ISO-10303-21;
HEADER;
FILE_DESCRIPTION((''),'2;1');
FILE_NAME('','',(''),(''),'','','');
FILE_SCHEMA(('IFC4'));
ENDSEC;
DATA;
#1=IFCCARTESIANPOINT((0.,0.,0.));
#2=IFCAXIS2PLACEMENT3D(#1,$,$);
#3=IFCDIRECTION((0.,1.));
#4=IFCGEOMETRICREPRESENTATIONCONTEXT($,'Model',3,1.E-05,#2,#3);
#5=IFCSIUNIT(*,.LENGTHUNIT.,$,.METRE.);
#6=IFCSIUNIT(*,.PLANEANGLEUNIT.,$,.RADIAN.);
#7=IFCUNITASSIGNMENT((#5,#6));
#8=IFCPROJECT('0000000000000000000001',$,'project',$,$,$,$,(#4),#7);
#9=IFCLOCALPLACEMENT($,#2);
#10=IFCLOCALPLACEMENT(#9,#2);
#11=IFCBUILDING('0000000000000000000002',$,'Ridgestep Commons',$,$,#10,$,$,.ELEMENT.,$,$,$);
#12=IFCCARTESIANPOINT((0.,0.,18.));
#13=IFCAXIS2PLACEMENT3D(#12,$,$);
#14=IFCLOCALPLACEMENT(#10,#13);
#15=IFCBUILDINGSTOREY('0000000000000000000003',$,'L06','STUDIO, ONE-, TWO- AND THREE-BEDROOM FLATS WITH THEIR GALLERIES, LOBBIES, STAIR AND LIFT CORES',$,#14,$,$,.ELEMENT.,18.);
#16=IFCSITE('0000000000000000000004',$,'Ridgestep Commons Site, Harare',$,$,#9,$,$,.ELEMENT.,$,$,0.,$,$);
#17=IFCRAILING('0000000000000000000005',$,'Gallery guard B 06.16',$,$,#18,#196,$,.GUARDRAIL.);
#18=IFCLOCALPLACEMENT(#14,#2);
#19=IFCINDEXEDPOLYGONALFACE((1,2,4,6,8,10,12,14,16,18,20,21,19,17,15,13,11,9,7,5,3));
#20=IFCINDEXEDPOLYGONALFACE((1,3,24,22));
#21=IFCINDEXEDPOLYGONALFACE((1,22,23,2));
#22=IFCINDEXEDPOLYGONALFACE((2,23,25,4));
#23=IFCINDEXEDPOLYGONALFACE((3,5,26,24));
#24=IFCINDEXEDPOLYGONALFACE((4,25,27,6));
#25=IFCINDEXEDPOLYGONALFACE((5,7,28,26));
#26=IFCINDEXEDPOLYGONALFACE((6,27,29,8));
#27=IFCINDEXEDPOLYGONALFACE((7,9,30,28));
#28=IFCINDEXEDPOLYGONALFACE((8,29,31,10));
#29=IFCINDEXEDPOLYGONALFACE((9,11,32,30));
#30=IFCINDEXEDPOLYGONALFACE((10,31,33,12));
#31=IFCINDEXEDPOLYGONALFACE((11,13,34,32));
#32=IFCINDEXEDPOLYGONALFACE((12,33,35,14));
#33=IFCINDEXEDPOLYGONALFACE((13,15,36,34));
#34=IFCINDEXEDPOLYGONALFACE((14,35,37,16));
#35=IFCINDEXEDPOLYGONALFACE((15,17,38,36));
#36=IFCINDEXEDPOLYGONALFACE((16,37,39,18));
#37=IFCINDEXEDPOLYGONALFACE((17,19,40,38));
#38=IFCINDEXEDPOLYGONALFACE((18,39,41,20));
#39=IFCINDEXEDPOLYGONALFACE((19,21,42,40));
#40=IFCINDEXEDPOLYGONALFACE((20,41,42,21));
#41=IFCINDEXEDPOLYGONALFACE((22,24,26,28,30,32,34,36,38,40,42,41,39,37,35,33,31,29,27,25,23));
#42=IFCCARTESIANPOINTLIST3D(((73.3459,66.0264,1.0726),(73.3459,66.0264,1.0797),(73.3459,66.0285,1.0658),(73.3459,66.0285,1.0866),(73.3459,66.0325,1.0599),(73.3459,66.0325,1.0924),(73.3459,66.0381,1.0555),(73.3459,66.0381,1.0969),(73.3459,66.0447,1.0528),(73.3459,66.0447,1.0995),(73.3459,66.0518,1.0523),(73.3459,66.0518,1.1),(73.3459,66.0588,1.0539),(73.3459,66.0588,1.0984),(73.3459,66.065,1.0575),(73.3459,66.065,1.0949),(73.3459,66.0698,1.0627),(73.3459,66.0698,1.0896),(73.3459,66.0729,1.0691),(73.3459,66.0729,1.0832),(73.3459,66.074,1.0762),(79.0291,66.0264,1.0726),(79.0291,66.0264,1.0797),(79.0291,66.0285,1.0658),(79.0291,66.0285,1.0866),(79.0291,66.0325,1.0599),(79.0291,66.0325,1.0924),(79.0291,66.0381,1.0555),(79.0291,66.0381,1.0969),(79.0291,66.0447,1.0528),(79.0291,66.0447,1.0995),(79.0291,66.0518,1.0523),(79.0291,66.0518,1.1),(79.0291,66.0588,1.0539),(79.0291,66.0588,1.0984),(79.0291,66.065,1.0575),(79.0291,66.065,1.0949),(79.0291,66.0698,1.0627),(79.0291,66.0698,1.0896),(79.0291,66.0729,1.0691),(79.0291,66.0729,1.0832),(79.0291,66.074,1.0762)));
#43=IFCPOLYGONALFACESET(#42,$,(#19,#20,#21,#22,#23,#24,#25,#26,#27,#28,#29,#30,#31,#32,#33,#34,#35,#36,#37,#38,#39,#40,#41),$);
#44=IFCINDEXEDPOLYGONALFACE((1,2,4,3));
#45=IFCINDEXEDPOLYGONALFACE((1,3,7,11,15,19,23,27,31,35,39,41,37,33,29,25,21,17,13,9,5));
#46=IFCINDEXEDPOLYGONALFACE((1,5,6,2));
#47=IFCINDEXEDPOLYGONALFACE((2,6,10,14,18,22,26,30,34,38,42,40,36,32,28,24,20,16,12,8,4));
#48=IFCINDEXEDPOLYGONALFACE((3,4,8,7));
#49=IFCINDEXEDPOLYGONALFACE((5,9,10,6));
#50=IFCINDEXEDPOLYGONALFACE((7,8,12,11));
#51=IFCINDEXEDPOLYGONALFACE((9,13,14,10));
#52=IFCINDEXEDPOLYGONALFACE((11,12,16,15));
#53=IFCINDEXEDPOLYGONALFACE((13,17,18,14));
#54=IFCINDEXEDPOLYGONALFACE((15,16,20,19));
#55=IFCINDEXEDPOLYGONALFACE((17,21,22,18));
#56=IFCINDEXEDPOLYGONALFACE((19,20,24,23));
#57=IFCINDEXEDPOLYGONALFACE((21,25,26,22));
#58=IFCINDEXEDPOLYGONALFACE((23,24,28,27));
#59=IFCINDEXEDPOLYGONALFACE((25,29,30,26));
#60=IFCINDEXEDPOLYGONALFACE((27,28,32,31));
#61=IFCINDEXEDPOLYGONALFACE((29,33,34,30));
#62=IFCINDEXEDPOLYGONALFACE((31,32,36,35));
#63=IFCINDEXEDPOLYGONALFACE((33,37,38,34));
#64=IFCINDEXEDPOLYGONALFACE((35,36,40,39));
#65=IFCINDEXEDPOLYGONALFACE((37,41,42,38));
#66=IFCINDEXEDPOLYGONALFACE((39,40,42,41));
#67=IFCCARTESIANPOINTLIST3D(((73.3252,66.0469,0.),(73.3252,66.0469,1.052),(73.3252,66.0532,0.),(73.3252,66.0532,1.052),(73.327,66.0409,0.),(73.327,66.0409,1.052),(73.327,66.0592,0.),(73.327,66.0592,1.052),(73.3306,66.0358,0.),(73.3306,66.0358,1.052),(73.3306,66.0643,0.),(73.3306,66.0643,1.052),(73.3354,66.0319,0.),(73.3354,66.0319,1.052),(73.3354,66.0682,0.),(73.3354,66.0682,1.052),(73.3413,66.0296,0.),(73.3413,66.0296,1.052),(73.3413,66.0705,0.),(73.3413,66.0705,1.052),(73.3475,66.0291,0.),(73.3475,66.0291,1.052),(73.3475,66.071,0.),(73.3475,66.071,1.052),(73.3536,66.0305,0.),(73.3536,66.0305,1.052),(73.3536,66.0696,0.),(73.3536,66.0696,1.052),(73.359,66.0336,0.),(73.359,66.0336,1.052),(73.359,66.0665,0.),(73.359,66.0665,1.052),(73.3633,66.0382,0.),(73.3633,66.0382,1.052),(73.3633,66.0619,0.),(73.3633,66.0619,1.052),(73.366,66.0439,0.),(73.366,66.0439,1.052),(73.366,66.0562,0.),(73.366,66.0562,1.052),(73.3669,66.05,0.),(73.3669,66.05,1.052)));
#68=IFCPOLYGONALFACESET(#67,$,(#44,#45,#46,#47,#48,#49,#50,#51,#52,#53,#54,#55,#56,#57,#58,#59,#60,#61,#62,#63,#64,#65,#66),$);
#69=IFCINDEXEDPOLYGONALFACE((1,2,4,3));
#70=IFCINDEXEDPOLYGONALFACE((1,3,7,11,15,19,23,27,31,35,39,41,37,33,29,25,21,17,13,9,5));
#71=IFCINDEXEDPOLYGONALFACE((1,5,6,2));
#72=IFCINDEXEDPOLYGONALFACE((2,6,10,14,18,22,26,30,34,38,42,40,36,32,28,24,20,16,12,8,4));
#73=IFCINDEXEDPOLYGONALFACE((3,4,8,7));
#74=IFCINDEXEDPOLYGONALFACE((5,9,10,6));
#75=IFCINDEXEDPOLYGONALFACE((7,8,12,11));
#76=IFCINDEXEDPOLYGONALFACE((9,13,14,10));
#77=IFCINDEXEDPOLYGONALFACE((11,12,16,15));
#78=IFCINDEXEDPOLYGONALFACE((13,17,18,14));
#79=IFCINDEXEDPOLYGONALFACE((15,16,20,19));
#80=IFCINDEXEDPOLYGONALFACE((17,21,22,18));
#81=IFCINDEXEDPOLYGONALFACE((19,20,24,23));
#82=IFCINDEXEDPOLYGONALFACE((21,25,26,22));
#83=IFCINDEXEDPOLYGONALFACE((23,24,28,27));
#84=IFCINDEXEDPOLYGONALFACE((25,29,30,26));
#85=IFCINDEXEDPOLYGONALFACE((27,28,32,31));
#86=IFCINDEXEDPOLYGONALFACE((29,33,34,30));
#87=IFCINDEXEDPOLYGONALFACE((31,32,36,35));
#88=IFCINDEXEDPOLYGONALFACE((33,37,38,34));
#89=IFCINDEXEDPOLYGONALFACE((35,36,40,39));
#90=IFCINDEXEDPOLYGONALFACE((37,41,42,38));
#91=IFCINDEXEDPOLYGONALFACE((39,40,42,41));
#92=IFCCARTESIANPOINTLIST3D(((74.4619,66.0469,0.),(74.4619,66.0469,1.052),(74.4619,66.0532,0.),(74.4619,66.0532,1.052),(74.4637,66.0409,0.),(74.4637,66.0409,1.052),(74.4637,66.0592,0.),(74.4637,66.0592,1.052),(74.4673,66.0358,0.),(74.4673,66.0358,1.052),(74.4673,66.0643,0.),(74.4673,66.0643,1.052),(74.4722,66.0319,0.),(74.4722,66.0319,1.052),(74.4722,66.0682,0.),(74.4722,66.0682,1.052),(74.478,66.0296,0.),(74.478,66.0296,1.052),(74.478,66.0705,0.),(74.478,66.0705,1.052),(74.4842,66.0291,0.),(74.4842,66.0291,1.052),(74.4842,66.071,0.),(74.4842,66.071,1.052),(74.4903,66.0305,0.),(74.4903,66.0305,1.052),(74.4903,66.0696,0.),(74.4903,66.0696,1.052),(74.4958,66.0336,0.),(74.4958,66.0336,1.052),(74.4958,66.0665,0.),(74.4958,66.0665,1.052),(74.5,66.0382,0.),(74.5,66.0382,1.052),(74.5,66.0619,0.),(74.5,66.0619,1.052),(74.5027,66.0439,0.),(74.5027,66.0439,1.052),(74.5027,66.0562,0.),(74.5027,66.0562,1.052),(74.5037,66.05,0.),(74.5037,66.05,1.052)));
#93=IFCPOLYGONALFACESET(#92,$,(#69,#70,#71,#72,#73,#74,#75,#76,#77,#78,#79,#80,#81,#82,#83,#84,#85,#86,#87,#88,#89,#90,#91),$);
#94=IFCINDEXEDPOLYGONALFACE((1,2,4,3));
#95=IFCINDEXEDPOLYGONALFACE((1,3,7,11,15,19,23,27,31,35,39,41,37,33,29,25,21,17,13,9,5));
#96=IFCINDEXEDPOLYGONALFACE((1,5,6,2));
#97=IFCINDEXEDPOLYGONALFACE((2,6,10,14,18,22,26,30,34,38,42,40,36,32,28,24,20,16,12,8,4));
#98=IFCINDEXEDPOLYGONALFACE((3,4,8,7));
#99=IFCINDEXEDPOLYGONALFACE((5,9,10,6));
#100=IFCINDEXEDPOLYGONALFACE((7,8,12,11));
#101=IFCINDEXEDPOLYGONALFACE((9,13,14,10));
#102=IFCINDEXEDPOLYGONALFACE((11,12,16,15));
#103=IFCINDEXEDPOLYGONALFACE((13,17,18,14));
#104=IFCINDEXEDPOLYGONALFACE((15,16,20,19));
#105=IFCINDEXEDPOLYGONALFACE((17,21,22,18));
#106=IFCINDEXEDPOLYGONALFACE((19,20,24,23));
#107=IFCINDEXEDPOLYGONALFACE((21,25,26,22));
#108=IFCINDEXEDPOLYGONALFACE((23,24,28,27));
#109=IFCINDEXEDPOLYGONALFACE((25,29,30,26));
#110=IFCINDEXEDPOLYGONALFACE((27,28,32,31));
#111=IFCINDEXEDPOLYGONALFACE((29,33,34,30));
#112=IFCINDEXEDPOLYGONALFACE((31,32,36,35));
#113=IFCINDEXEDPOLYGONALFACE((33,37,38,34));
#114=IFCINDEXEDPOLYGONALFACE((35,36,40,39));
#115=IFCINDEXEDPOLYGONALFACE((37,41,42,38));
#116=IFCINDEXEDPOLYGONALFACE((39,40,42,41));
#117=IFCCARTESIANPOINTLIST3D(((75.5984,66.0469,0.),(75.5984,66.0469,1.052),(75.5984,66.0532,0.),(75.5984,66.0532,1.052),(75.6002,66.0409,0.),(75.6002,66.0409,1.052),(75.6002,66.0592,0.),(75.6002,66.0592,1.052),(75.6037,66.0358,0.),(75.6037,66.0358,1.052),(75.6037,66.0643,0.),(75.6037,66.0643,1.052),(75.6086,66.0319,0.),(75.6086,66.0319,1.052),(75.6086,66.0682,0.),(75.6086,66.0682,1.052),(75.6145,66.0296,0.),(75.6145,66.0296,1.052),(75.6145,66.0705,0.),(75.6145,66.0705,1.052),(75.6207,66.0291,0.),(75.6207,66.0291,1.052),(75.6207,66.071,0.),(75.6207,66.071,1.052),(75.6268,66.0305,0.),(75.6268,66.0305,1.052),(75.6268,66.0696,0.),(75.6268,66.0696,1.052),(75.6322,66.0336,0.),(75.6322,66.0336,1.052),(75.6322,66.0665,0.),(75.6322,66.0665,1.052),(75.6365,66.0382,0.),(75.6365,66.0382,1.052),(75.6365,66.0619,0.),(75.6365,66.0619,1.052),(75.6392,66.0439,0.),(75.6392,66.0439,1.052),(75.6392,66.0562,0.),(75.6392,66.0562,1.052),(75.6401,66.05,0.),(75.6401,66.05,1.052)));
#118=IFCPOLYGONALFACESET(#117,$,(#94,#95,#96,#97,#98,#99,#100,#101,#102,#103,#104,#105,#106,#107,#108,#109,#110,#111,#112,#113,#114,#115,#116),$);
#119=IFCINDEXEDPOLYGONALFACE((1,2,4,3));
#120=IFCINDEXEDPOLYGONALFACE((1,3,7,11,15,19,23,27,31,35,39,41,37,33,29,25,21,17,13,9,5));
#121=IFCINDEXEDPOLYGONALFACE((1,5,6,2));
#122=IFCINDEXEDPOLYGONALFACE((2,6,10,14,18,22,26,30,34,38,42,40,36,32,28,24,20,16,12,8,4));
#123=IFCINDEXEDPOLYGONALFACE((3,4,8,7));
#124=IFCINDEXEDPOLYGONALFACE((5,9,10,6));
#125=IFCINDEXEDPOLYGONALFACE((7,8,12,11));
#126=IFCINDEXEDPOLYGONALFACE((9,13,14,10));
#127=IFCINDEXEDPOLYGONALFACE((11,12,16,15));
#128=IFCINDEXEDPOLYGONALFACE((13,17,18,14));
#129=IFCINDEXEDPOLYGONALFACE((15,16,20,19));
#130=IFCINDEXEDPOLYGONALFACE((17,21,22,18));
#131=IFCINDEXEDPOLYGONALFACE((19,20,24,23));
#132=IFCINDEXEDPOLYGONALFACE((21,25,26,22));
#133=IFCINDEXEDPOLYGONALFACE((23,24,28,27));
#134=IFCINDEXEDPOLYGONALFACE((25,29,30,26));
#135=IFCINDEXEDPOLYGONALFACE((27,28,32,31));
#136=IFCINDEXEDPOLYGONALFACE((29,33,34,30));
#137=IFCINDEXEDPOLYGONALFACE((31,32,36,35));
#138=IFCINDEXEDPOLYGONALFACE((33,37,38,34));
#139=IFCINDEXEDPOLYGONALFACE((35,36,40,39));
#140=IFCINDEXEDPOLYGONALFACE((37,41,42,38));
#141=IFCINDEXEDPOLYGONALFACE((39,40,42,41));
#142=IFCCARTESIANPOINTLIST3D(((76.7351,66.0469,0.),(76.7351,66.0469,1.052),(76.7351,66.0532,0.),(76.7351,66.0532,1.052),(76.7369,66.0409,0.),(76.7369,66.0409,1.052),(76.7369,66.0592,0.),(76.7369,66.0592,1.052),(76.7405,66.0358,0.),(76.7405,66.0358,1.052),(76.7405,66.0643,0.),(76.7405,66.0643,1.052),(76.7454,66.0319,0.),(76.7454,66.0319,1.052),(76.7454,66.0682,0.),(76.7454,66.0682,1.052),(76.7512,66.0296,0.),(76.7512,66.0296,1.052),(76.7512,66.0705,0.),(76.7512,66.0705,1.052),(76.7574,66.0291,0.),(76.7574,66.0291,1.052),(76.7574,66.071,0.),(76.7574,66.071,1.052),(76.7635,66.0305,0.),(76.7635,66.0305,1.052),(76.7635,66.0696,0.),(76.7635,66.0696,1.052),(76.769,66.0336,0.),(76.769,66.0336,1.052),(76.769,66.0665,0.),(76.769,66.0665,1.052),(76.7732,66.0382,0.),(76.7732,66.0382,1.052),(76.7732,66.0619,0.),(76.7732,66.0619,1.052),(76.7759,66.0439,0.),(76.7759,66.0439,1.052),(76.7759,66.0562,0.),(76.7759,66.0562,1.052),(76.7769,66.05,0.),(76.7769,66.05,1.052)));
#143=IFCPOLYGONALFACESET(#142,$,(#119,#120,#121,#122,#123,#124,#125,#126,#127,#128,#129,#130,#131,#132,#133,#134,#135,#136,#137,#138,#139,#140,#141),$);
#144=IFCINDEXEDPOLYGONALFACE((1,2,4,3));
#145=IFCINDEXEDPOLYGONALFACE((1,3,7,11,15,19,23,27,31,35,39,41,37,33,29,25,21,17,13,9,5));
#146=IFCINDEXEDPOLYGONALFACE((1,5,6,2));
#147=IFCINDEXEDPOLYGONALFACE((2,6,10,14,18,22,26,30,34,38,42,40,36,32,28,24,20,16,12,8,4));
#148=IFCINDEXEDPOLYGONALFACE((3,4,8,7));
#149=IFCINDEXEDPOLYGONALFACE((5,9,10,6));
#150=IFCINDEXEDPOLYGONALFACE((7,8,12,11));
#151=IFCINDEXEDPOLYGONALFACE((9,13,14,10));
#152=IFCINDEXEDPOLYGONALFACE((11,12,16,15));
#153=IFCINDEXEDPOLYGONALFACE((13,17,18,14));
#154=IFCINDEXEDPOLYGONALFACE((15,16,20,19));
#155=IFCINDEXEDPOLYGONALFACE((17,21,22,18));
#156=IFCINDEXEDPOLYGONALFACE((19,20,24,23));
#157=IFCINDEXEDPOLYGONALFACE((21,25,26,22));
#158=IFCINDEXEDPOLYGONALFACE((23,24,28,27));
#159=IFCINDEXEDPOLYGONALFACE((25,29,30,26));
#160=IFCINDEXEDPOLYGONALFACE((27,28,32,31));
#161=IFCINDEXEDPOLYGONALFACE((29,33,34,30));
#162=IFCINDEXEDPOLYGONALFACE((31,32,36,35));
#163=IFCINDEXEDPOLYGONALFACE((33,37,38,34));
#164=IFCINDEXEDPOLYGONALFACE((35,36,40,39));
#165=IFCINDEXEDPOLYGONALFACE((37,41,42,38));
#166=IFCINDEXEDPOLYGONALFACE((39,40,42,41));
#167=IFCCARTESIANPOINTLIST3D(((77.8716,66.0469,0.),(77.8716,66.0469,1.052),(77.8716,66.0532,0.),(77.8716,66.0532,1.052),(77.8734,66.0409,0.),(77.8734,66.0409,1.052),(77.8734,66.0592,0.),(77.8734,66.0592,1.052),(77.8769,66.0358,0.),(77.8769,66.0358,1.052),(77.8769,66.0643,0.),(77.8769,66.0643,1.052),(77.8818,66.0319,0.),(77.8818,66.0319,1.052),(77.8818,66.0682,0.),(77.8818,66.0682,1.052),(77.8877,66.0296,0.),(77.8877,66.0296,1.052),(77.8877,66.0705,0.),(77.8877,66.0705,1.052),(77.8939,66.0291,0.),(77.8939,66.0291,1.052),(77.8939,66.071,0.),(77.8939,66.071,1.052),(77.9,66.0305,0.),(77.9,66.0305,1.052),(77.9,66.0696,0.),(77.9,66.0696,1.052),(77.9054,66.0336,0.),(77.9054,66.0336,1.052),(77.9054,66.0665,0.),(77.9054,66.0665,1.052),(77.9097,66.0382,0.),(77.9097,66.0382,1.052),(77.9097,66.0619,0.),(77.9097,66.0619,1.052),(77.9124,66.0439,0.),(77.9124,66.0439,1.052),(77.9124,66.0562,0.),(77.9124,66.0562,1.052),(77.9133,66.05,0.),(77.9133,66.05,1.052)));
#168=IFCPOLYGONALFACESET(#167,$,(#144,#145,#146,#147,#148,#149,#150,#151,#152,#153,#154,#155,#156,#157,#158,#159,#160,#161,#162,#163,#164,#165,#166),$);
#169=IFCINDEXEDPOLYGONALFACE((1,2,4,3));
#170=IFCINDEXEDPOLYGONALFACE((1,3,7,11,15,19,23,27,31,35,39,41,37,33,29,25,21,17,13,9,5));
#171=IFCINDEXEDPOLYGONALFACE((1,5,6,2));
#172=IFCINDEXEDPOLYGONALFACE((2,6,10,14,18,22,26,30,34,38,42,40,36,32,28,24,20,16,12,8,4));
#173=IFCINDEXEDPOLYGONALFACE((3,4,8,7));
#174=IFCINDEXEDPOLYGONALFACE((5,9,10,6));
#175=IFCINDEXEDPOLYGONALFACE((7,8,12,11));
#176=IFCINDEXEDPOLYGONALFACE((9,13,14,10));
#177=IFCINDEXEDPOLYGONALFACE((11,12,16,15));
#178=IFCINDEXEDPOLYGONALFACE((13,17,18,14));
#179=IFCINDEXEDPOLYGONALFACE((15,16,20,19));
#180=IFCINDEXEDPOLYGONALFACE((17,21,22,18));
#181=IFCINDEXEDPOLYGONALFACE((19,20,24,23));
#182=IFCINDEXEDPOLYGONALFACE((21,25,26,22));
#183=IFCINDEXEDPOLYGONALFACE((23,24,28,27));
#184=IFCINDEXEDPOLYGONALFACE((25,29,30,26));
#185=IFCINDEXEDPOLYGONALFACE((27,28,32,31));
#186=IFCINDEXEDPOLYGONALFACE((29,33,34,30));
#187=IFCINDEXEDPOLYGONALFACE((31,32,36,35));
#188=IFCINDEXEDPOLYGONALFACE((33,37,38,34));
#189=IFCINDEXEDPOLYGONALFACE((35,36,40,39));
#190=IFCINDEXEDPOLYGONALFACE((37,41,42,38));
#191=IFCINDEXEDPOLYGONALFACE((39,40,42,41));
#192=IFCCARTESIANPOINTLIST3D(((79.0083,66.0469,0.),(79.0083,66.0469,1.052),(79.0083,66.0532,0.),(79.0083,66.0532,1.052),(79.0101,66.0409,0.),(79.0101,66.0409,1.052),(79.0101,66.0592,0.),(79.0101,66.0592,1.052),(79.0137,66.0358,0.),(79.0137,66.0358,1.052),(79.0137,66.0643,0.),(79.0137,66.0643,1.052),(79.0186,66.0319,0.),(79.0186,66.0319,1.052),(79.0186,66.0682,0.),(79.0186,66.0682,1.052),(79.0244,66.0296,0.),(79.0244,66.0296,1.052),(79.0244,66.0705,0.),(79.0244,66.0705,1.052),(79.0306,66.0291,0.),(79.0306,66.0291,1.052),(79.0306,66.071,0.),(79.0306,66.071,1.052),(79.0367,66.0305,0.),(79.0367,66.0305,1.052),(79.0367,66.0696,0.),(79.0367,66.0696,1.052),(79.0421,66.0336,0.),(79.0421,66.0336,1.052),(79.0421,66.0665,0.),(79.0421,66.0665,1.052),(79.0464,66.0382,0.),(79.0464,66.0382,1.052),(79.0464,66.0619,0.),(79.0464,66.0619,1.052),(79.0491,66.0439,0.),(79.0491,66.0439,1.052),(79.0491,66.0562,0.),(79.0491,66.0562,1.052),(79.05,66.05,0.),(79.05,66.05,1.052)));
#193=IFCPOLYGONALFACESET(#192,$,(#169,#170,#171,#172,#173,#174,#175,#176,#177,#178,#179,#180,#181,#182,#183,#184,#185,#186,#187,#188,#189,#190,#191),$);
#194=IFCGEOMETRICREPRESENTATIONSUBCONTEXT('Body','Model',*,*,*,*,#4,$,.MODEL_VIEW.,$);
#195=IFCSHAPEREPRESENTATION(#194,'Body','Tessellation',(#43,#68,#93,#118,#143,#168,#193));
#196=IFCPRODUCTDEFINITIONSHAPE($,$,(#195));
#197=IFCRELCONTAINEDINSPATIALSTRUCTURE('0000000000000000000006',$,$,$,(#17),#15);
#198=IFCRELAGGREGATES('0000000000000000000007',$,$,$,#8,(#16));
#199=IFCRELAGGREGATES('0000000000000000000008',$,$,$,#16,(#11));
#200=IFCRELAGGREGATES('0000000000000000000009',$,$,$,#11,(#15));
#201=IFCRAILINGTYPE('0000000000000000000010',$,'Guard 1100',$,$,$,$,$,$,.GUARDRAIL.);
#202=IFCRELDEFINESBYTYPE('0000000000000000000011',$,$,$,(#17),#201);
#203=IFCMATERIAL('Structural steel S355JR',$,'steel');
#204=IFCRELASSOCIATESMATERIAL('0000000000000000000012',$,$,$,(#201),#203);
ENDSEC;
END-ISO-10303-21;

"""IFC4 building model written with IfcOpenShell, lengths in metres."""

from ifc_helpers import new_model, si_unit, direction, frame, origin, origin_2d, place, context, subcontext, project, spatial, circle, extrude, material, type_object, element, save


model = new_model("IFC4")

# Units and contexts
model_context = context("Model", 3, precision=1e-05, world=origin(), true_north=direction((0.0, 1.0)))
body_context = subcontext(model_context, "Body", "Model", "MODEL_VIEW")
ifc_project = project(units=[si_unit("LENGTHUNIT", "METRE"), si_unit("PLANEANGLEUNIT", "RADIAN")], contexts=[model_context])

# Site, building, storey
site_placement = place(None, origin())
site = spatial("IfcSite", under=ifc_project, at=site_placement, Name="Ridgestep Commons Site, Harare", CompositionType="ELEMENT", RefElevation=0.0)
building_placement = place(site_placement, origin())
building = spatial("IfcBuilding", under=site, at=building_placement, Name="Ridgestep Commons", CompositionType="ELEMENT")
storey_placement = place(building_placement, frame((0.0, 0.0, 18.0)))
storey = spatial("IfcBuildingStorey", under=building, at=storey_placement, Name="L06", Description="STUDIO, ONE-, TWO- AND THREE-BEDROOM FLATS WITH THEIR GALLERIES, LOBBIES, STAIR AND LIFT CORES", CompositionType="ELEMENT", Elevation=18.0)

# Railing
ifc_material_1 = material(Name="Structural steel S355JR", Category="steel")
railing_type_1 = type_object("IfcRailingType", Name="Guard 1100", PredefinedType="GUARDRAIL", material=ifc_material_1)
railing_1_placement = place(storey_placement, frame((73.3459, 66.05, 0.0)))
element("IfcRailing", 1, at=railing_1_placement, inside=storey, type_object=railing_type_1, Name="Gallery guard B 06.16", PredefinedType="GUARDRAIL", context=body_context, shape_type="SweptSolid", body=[
    extrude(circle(Radius=0.0239, at=origin_2d()), frame((0.0, 0.0, 1.0762), z_axis=(1.0, 0.0, 0.0), x_axis=(0.0, 1.0, 0.0)), (0.0, 0.0, 1.0), 5.6831),
    extrude(circle(Radius=0.021, at=origin_2d()), origin(), (0.0, 0.0, 1.0), 1.052),
    extrude(circle(Radius=0.021, at=origin_2d()), frame((1.1367, 0.0, 0.0)), (0.0, 0.0, 1.0), 1.052),
    extrude(circle(Radius=0.021, at=origin_2d()), frame((2.2732, 0.0, 0.0)), (0.0, 0.0, 1.0), 1.052),
    extrude(circle(Radius=0.021, at=origin_2d()), frame((3.4099, 0.0, 0.0)), (0.0, 0.0, 1.0), 1.052),
    extrude(circle(Radius=0.021, at=origin_2d()), frame((4.5464, 0.0, 0.0)), (0.0, 0.0, 1.0), 1.052),
    extrude(circle(Radius=0.021, at=origin_2d()), frame((5.6831, 0.0, 0.0)), (0.0, 0.0, 1.0), 1.052),
])

save(model, "model.ifc")
